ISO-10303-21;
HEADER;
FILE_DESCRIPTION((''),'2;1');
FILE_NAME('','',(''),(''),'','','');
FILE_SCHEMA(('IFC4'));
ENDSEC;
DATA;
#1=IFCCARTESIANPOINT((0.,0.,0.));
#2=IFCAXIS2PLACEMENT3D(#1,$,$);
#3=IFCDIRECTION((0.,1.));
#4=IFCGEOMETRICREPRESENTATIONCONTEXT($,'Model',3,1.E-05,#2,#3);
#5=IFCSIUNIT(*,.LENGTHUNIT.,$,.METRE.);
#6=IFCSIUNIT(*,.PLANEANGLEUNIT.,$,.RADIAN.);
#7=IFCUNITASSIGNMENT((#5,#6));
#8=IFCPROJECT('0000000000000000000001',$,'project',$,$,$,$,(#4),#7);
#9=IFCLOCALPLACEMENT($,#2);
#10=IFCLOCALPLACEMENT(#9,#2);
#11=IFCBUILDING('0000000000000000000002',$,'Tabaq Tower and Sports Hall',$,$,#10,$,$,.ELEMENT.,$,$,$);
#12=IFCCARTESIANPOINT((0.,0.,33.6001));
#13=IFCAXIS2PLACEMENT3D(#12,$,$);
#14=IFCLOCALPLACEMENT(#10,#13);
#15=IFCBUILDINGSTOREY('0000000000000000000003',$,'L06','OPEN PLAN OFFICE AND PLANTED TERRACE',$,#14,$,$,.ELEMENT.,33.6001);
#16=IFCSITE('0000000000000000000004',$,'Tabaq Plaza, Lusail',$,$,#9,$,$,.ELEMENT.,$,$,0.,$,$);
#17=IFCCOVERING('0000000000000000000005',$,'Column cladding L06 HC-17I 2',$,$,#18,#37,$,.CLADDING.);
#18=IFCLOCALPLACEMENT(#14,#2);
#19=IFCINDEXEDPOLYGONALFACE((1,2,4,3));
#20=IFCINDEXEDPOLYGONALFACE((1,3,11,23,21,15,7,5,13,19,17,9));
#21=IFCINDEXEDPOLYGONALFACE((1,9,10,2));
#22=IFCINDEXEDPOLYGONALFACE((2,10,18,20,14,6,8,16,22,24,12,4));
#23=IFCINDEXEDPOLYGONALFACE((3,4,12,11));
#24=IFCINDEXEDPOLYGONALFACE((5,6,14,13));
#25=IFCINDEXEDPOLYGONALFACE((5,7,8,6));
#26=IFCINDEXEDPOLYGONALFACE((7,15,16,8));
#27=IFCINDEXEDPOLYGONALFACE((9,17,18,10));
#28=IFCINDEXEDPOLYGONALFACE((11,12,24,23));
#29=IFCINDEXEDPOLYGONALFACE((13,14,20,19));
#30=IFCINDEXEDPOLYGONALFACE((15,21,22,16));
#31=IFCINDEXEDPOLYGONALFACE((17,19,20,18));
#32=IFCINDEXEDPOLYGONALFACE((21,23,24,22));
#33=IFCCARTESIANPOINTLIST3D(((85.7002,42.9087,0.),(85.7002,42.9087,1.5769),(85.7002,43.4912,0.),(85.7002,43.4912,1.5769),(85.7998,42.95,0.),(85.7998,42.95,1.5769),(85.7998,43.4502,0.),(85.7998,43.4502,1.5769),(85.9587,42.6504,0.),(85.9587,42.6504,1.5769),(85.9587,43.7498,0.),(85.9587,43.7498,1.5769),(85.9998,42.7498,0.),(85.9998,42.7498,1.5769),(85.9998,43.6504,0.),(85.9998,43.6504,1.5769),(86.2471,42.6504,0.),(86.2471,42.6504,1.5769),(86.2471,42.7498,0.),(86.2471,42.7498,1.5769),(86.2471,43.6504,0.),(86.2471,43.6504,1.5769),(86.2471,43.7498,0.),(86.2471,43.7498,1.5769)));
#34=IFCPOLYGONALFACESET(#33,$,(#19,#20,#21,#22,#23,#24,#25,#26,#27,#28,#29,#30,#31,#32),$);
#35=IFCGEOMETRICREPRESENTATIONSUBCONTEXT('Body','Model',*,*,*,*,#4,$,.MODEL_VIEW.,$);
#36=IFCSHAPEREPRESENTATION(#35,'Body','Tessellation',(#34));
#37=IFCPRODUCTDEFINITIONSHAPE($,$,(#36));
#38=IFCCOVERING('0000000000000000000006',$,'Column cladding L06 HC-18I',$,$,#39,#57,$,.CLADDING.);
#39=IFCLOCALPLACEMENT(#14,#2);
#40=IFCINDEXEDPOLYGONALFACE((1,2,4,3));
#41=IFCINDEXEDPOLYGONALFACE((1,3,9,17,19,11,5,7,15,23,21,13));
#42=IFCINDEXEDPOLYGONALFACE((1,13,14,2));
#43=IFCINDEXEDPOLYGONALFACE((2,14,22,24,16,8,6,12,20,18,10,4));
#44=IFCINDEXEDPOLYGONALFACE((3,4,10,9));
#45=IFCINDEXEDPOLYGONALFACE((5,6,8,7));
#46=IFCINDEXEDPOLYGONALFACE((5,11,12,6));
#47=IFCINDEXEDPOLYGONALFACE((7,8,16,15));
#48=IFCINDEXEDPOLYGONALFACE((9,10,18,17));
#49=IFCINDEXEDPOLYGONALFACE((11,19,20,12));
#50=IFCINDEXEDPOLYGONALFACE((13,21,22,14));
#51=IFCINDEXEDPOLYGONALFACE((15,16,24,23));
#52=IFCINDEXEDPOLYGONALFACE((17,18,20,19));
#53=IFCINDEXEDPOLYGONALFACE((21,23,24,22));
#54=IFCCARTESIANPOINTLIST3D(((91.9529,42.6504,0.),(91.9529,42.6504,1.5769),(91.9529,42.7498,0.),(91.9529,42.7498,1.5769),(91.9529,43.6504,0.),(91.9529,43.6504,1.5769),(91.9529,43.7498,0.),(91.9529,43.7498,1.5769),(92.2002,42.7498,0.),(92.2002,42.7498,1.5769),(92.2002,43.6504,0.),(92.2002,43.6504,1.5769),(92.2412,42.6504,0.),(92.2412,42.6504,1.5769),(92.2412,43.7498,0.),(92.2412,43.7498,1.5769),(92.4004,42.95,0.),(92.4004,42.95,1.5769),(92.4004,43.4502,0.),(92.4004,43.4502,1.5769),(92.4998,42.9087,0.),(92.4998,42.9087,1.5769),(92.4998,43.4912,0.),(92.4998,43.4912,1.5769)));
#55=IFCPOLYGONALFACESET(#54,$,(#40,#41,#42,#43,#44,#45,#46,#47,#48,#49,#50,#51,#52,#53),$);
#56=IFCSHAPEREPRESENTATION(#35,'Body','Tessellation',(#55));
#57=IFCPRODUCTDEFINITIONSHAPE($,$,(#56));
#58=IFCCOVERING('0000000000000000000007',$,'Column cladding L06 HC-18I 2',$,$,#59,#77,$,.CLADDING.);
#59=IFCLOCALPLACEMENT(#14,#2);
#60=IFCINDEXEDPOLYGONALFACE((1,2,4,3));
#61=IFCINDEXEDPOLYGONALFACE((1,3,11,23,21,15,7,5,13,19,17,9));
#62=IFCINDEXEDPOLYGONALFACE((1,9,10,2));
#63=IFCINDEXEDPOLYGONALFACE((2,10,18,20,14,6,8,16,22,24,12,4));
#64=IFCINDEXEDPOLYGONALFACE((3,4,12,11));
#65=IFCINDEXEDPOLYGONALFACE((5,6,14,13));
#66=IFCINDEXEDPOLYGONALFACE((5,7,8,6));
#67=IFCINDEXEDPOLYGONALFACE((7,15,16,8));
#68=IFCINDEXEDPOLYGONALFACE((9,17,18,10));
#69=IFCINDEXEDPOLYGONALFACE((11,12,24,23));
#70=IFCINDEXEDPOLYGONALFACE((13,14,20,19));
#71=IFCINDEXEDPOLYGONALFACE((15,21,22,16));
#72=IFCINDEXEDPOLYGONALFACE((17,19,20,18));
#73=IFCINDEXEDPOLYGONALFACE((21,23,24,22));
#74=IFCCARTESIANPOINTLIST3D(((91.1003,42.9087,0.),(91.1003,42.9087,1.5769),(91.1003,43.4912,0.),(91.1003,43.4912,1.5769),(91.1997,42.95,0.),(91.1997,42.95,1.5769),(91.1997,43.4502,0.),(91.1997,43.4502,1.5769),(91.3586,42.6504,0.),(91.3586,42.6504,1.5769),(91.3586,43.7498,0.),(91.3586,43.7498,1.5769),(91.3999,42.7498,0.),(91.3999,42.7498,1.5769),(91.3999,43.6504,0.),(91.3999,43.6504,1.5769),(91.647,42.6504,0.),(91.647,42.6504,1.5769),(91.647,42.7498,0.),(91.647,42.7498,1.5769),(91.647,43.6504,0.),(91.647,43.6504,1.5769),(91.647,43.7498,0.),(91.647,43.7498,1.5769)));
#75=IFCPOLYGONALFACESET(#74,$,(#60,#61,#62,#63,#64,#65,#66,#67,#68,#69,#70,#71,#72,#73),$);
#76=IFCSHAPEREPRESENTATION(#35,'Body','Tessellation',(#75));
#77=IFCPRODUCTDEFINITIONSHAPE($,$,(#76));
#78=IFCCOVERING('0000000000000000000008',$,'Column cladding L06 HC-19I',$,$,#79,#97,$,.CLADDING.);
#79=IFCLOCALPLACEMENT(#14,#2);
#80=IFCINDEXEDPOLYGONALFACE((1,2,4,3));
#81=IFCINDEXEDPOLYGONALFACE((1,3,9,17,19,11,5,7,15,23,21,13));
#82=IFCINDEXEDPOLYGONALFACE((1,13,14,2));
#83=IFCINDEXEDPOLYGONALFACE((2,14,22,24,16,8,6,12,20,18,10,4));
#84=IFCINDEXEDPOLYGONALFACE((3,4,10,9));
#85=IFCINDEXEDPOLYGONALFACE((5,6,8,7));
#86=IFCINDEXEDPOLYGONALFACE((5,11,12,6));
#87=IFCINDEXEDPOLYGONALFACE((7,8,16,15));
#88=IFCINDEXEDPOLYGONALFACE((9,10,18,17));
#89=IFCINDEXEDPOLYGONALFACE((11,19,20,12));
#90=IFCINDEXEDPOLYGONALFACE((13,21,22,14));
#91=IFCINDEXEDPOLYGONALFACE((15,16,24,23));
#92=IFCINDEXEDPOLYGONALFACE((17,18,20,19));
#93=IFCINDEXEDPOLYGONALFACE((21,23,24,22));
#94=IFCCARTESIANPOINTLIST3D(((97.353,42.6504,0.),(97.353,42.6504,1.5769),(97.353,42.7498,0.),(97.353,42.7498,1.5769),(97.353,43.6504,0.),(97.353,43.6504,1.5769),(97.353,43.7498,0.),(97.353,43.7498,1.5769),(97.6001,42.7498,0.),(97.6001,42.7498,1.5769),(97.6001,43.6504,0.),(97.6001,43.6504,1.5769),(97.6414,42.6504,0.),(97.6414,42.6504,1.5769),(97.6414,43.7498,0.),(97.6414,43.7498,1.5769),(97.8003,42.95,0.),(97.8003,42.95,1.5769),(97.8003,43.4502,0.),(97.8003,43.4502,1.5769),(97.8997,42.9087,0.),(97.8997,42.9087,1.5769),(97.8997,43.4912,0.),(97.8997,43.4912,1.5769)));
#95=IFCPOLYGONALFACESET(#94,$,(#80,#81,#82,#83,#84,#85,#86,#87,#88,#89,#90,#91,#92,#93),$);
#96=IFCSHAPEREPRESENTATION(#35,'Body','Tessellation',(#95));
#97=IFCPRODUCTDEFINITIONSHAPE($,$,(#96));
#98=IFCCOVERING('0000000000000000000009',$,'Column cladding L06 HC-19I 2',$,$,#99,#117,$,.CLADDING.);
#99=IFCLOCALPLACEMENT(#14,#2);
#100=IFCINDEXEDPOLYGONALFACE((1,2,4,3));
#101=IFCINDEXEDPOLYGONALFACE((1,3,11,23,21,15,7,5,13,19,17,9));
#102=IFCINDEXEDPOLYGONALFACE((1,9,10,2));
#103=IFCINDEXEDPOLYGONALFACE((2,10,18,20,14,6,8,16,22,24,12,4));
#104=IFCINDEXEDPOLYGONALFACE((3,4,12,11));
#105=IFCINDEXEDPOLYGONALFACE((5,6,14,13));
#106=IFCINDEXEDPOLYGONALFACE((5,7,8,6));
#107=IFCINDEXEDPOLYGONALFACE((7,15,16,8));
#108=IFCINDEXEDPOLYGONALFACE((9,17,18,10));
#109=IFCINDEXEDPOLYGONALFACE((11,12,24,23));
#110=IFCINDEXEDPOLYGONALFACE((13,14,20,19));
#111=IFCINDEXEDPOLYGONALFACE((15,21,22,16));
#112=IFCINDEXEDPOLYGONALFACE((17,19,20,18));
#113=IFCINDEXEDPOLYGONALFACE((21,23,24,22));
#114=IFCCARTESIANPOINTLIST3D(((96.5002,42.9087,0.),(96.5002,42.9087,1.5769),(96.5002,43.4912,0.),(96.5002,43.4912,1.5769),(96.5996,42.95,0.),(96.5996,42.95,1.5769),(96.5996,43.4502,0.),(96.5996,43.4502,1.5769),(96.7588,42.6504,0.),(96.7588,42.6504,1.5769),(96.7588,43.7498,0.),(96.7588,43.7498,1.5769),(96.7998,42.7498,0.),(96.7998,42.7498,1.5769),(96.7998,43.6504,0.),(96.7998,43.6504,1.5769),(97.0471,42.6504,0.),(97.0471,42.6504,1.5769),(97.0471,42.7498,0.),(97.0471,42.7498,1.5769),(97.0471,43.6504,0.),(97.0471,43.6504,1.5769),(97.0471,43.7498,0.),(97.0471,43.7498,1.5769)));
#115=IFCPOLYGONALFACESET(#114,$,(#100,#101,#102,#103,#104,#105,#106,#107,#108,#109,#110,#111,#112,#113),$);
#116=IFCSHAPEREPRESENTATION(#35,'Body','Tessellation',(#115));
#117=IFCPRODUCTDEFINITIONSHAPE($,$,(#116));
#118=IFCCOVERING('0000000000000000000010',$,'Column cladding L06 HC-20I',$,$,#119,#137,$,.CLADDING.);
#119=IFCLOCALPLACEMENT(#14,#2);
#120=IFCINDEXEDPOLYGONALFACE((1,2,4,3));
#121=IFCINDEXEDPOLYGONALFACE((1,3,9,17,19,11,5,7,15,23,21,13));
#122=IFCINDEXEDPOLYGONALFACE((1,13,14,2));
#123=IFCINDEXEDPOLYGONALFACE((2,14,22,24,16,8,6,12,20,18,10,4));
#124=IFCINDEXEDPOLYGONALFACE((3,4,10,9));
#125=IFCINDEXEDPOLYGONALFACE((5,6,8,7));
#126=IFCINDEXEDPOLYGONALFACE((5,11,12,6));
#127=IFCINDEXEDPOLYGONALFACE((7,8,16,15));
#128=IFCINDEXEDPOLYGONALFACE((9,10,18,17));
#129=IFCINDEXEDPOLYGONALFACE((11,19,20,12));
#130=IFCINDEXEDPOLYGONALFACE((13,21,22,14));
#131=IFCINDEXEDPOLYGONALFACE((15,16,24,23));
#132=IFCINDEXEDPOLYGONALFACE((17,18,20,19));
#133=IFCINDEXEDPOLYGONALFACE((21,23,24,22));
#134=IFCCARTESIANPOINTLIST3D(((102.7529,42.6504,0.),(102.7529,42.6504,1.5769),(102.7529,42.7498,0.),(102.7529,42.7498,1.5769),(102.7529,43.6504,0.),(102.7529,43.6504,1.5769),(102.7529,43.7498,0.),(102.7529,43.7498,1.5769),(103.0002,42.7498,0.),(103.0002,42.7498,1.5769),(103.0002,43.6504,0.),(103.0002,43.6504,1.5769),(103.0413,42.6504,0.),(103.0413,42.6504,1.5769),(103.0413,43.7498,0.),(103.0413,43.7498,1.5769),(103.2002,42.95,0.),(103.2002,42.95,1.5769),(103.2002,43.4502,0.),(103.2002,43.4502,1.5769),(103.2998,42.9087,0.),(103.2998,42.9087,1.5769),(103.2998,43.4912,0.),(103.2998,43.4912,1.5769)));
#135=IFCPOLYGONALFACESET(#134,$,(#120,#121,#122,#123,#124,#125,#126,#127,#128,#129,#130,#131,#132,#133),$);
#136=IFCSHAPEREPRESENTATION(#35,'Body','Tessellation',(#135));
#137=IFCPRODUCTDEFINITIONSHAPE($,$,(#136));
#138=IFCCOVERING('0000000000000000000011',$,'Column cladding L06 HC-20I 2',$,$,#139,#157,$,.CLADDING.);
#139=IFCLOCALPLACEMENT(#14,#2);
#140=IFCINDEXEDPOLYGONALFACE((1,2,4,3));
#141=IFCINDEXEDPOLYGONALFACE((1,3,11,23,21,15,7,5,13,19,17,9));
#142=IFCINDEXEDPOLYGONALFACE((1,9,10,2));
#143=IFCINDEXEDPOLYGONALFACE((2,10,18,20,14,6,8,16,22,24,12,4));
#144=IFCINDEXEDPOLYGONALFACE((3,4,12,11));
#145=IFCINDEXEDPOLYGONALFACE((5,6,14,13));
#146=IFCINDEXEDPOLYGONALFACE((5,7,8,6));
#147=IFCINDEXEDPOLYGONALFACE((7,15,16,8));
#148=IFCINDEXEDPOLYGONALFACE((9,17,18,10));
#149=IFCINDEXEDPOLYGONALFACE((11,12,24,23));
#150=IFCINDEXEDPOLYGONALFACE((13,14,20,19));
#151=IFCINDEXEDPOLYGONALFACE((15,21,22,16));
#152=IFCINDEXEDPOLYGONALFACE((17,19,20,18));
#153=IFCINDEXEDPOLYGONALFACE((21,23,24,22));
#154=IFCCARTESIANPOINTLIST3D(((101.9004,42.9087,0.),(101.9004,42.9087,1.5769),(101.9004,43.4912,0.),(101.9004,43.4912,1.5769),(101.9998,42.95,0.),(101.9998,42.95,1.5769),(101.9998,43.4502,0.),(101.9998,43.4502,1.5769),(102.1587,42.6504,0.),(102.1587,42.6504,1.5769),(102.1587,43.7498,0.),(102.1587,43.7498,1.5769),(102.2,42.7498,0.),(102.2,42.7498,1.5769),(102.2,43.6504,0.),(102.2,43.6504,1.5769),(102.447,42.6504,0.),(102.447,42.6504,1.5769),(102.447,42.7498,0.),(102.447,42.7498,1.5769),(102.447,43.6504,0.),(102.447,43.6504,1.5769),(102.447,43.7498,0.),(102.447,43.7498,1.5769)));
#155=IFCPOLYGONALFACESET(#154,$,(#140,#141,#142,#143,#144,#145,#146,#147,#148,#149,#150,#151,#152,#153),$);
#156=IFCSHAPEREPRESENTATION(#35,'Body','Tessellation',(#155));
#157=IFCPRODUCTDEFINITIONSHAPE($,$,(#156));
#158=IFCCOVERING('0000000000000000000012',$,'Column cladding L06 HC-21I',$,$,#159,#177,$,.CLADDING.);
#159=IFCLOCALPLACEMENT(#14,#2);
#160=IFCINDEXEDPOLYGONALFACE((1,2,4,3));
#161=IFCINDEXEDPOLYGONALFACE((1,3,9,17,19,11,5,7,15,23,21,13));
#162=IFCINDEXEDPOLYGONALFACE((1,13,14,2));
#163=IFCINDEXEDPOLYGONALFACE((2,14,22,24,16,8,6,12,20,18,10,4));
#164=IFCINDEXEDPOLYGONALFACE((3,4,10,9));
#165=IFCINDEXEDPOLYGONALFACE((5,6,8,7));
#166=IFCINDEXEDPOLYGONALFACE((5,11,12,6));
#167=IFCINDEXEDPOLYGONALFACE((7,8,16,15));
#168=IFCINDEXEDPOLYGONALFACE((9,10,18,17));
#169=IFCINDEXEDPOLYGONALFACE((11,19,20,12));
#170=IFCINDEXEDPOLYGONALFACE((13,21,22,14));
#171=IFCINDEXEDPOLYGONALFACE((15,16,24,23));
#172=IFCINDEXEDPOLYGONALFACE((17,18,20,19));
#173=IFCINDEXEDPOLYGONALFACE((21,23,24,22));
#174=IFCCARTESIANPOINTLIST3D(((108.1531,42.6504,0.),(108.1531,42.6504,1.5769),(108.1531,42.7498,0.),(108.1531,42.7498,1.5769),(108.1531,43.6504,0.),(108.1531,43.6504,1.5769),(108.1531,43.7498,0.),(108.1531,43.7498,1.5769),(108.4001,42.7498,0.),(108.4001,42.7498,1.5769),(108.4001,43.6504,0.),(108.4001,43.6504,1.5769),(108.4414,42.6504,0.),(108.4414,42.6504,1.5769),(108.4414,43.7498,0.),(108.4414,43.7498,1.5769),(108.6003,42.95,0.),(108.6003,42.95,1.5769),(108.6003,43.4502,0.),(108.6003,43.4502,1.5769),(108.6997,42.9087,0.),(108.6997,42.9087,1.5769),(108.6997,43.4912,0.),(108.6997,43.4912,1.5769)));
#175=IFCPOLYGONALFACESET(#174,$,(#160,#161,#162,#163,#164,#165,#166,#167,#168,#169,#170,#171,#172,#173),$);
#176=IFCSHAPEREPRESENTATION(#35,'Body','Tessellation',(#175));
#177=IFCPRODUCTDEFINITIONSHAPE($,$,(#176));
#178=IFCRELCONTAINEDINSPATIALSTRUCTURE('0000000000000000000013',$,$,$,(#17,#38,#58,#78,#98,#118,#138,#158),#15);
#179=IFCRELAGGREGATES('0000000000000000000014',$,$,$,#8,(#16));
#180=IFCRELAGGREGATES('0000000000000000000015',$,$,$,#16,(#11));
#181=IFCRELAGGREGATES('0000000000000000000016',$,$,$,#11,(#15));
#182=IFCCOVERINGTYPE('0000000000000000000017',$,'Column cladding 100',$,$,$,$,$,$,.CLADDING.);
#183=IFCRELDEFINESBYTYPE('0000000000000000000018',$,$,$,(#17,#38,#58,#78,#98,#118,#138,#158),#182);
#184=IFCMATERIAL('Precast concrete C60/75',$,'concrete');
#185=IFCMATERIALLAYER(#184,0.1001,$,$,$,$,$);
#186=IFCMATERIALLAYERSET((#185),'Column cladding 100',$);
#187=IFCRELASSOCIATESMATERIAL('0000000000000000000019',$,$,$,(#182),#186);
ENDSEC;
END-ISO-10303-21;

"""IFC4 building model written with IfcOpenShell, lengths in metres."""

from ifc_helpers import new_model, si_unit, direction, frame, origin, place, context, subcontext, project, spatial, polyline, outline, extrude, material, layer, layer_set, type_object, element, save


model = new_model("IFC4")

# Units and contexts
model_context = context("Model", 3, precision=1e-05, world=origin(), true_north=direction((0.0, 1.0)))
body_context = subcontext(model_context, "Body", "Model", "MODEL_VIEW")
ifc_project = project(units=[si_unit("LENGTHUNIT", "METRE"), si_unit("PLANEANGLEUNIT", "RADIAN")], contexts=[model_context])

# Site, building, storey
site_placement = place(None, origin())
site = spatial("IfcSite", under=ifc_project, at=site_placement, Name="Tabaq Plaza, Lusail", CompositionType="ELEMENT", RefElevation=0.0)
building_placement = place(site_placement, origin())
building = spatial("IfcBuilding", under=site, at=building_placement, Name="Tabaq Tower and Sports Hall", CompositionType="ELEMENT")
storey_placement = place(building_placement, frame((0.0, 0.0, 33.6001)))
storey = spatial("IfcBuildingStorey", under=building, at=storey_placement, Name="L06", Description="OPEN PLAN OFFICE AND PLANTED TERRACE", CompositionType="ELEMENT", Elevation=33.6001)

# Coverings
ifc_material_1 = material(Name="Precast concrete C60/75", Category="concrete")
ifc_layer_1 = layer(ifc_material_1, 0.1001)
ifc_layer_set_1 = layer_set([ifc_layer_1], Name="Column cladding 100")
covering_type = type_object("IfcCoveringType", Name="Column cladding 100", PredefinedType="CLADDING", material=ifc_layer_set_1)
covering_1_placement = place(storey_placement, origin())
element("IfcCovering", 1, at=covering_1_placement, inside=storey, type_object=covering_type, Name="Column cladding L06 HC-17I 2", PredefinedType="CLADDING", context=body_context, shape_type="SweptSolid", body=[
    extrude(outline(polyline([(85.7002, 43.4912), (85.9587, 43.7498), (86.2471, 43.7498), (86.2471, 43.6504), (85.9998, 43.6504), (85.7998, 43.4502), (85.7998, 42.95), (85.9998, 42.7498), (86.2471, 42.7498), (86.2471, 42.6504), (85.9587, 42.6504), (85.7002, 42.9087), (85.7002, 43.4912)])), origin(), (0.0, 0.0, 1.0), 1.5769),
])
covering_2_placement = place(storey_placement, origin())
element("IfcCovering", 2, at=covering_2_placement, inside=storey, type_object=covering_type, Name="Column cladding L06 HC-18I", PredefinedType="CLADDING", context=body_context, shape_type="SweptSolid", body=[
    extrude(outline(polyline([(92.2412, 43.7498), (92.4998, 43.4912), (92.4998, 42.9087), (92.2412, 42.6504), (91.9529, 42.6504), (91.9529, 42.7498), (92.2002, 42.7498), (92.4004, 42.95), (92.4004, 43.4502), (92.2002, 43.6504), (91.9529, 43.6504), (91.9529, 43.7498), (92.2412, 43.7498)])), origin(), (0.0, 0.0, 1.0), 1.5769),
])
covering_3_placement = place(storey_placement, origin())
element("IfcCovering", 3, at=covering_3_placement, inside=storey, type_object=covering_type, Name="Column cladding L06 HC-18I 2", PredefinedType="CLADDING", context=body_context, shape_type="SweptSolid", body=[
    extrude(outline(polyline([(91.1003, 43.4912), (91.3586, 43.7498), (91.647, 43.7498), (91.647, 43.6504), (91.3999, 43.6504), (91.1997, 43.4502), (91.1997, 42.95), (91.3999, 42.7498), (91.647, 42.7498), (91.647, 42.6504), (91.3586, 42.6504), (91.1003, 42.9087), (91.1003, 43.4912)])), origin(), (0.0, 0.0, 1.0), 1.5769),
])
covering_4_placement = place(storey_placement, origin())
element("IfcCovering", 4, at=covering_4_placement, inside=storey, type_object=covering_type, Name="Column cladding L06 HC-19I", PredefinedType="CLADDING", context=body_context, shape_type="SweptSolid", body=[
    extrude(outline(polyline([(97.6414, 43.7498), (97.8997, 43.4912), (97.8997, 42.9087), (97.6414, 42.6504), (97.353, 42.6504), (97.353, 42.7498), (97.6001, 42.7498), (97.8003, 42.95), (97.8003, 43.4502), (97.6001, 43.6504), (97.353, 43.6504), (97.353, 43.7498), (97.6414, 43.7498)])), origin(), (0.0, 0.0, 1.0), 1.5769),
])
covering_5_placement = place(storey_placement, origin())
element("IfcCovering", 5, at=covering_5_placement, inside=storey, type_object=covering_type, Name="Column cladding L06 HC-19I 2", PredefinedType="CLADDING", context=body_context, shape_type="SweptSolid", body=[
    extrude(outline(polyline([(96.5002, 43.4912), (96.7588, 43.7498), (97.0471, 43.7498), (97.0471, 43.6504), (96.7998, 43.6504), (96.5996, 43.4502), (96.5996, 42.95), (96.7998, 42.7498), (97.0471, 42.7498), (97.0471, 42.6504), (96.7588, 42.6504), (96.5002, 42.9087), (96.5002, 43.4912)])), origin(), (0.0, 0.0, 1.0), 1.5769),
])
covering_6_placement = place(storey_placement, origin())
element("IfcCovering", 6, at=covering_6_placement, inside=storey, type_object=covering_type, Name="Column cladding L06 HC-20I", PredefinedType="CLADDING", context=body_context, shape_type="SweptSolid", body=[
    extrude(outline(polyline([(103.0413, 43.7498), (103.2998, 43.4912), (103.2998, 42.9087), (103.0413, 42.6504), (102.7529, 42.6504), (102.7529, 42.7498), (103.0002, 42.7498), (103.2002, 42.95), (103.2002, 43.4502), (103.0002, 43.6504), (102.7529, 43.6504), (102.7529, 43.7498), (103.0413, 43.7498)])), origin(), (0.0, 0.0, 1.0), 1.5769),
])
covering_7_placement = place(storey_placement, origin())
element("IfcCovering", 7, at=covering_7_placement, inside=storey, type_object=covering_type, Name="Column cladding L06 HC-20I 2", PredefinedType="CLADDING", context=body_context, shape_type="SweptSolid", body=[
    extrude(outline(polyline([(101.9004, 43.4912), (102.1587, 43.7498), (102.447, 43.7498), (102.447, 43.6504), (102.2, 43.6504), (101.9998, 43.4502), (101.9998, 42.95), (102.2, 42.7498), (102.447, 42.7498), (102.447, 42.6504), (102.1587, 42.6504), (101.9004, 42.9087), (101.9004, 43.4912)])), origin(), (0.0, 0.0, 1.0), 1.5769),
])
covering_8_placement = place(storey_placement, origin())
element("IfcCovering", 8, at=covering_8_placement, inside=storey, type_object=covering_type, Name="Column cladding L06 HC-21I", PredefinedType="CLADDING", context=body_context, shape_type="SweptSolid", body=[
    extrude(outline(polyline([(108.4414, 43.7498), (108.6997, 43.4912), (108.6997, 42.9087), (108.4414, 42.6504), (108.1531, 42.6504), (108.1531, 42.7498), (108.4001, 42.7498), (108.6003, 42.95), (108.6003, 43.4502), (108.4001, 43.6504), (108.1531, 43.6504), (108.1531, 43.7498), (108.4414, 43.7498)])), origin(), (0.0, 0.0, 1.0), 1.5769),
])

save(model, "model.ifc")
